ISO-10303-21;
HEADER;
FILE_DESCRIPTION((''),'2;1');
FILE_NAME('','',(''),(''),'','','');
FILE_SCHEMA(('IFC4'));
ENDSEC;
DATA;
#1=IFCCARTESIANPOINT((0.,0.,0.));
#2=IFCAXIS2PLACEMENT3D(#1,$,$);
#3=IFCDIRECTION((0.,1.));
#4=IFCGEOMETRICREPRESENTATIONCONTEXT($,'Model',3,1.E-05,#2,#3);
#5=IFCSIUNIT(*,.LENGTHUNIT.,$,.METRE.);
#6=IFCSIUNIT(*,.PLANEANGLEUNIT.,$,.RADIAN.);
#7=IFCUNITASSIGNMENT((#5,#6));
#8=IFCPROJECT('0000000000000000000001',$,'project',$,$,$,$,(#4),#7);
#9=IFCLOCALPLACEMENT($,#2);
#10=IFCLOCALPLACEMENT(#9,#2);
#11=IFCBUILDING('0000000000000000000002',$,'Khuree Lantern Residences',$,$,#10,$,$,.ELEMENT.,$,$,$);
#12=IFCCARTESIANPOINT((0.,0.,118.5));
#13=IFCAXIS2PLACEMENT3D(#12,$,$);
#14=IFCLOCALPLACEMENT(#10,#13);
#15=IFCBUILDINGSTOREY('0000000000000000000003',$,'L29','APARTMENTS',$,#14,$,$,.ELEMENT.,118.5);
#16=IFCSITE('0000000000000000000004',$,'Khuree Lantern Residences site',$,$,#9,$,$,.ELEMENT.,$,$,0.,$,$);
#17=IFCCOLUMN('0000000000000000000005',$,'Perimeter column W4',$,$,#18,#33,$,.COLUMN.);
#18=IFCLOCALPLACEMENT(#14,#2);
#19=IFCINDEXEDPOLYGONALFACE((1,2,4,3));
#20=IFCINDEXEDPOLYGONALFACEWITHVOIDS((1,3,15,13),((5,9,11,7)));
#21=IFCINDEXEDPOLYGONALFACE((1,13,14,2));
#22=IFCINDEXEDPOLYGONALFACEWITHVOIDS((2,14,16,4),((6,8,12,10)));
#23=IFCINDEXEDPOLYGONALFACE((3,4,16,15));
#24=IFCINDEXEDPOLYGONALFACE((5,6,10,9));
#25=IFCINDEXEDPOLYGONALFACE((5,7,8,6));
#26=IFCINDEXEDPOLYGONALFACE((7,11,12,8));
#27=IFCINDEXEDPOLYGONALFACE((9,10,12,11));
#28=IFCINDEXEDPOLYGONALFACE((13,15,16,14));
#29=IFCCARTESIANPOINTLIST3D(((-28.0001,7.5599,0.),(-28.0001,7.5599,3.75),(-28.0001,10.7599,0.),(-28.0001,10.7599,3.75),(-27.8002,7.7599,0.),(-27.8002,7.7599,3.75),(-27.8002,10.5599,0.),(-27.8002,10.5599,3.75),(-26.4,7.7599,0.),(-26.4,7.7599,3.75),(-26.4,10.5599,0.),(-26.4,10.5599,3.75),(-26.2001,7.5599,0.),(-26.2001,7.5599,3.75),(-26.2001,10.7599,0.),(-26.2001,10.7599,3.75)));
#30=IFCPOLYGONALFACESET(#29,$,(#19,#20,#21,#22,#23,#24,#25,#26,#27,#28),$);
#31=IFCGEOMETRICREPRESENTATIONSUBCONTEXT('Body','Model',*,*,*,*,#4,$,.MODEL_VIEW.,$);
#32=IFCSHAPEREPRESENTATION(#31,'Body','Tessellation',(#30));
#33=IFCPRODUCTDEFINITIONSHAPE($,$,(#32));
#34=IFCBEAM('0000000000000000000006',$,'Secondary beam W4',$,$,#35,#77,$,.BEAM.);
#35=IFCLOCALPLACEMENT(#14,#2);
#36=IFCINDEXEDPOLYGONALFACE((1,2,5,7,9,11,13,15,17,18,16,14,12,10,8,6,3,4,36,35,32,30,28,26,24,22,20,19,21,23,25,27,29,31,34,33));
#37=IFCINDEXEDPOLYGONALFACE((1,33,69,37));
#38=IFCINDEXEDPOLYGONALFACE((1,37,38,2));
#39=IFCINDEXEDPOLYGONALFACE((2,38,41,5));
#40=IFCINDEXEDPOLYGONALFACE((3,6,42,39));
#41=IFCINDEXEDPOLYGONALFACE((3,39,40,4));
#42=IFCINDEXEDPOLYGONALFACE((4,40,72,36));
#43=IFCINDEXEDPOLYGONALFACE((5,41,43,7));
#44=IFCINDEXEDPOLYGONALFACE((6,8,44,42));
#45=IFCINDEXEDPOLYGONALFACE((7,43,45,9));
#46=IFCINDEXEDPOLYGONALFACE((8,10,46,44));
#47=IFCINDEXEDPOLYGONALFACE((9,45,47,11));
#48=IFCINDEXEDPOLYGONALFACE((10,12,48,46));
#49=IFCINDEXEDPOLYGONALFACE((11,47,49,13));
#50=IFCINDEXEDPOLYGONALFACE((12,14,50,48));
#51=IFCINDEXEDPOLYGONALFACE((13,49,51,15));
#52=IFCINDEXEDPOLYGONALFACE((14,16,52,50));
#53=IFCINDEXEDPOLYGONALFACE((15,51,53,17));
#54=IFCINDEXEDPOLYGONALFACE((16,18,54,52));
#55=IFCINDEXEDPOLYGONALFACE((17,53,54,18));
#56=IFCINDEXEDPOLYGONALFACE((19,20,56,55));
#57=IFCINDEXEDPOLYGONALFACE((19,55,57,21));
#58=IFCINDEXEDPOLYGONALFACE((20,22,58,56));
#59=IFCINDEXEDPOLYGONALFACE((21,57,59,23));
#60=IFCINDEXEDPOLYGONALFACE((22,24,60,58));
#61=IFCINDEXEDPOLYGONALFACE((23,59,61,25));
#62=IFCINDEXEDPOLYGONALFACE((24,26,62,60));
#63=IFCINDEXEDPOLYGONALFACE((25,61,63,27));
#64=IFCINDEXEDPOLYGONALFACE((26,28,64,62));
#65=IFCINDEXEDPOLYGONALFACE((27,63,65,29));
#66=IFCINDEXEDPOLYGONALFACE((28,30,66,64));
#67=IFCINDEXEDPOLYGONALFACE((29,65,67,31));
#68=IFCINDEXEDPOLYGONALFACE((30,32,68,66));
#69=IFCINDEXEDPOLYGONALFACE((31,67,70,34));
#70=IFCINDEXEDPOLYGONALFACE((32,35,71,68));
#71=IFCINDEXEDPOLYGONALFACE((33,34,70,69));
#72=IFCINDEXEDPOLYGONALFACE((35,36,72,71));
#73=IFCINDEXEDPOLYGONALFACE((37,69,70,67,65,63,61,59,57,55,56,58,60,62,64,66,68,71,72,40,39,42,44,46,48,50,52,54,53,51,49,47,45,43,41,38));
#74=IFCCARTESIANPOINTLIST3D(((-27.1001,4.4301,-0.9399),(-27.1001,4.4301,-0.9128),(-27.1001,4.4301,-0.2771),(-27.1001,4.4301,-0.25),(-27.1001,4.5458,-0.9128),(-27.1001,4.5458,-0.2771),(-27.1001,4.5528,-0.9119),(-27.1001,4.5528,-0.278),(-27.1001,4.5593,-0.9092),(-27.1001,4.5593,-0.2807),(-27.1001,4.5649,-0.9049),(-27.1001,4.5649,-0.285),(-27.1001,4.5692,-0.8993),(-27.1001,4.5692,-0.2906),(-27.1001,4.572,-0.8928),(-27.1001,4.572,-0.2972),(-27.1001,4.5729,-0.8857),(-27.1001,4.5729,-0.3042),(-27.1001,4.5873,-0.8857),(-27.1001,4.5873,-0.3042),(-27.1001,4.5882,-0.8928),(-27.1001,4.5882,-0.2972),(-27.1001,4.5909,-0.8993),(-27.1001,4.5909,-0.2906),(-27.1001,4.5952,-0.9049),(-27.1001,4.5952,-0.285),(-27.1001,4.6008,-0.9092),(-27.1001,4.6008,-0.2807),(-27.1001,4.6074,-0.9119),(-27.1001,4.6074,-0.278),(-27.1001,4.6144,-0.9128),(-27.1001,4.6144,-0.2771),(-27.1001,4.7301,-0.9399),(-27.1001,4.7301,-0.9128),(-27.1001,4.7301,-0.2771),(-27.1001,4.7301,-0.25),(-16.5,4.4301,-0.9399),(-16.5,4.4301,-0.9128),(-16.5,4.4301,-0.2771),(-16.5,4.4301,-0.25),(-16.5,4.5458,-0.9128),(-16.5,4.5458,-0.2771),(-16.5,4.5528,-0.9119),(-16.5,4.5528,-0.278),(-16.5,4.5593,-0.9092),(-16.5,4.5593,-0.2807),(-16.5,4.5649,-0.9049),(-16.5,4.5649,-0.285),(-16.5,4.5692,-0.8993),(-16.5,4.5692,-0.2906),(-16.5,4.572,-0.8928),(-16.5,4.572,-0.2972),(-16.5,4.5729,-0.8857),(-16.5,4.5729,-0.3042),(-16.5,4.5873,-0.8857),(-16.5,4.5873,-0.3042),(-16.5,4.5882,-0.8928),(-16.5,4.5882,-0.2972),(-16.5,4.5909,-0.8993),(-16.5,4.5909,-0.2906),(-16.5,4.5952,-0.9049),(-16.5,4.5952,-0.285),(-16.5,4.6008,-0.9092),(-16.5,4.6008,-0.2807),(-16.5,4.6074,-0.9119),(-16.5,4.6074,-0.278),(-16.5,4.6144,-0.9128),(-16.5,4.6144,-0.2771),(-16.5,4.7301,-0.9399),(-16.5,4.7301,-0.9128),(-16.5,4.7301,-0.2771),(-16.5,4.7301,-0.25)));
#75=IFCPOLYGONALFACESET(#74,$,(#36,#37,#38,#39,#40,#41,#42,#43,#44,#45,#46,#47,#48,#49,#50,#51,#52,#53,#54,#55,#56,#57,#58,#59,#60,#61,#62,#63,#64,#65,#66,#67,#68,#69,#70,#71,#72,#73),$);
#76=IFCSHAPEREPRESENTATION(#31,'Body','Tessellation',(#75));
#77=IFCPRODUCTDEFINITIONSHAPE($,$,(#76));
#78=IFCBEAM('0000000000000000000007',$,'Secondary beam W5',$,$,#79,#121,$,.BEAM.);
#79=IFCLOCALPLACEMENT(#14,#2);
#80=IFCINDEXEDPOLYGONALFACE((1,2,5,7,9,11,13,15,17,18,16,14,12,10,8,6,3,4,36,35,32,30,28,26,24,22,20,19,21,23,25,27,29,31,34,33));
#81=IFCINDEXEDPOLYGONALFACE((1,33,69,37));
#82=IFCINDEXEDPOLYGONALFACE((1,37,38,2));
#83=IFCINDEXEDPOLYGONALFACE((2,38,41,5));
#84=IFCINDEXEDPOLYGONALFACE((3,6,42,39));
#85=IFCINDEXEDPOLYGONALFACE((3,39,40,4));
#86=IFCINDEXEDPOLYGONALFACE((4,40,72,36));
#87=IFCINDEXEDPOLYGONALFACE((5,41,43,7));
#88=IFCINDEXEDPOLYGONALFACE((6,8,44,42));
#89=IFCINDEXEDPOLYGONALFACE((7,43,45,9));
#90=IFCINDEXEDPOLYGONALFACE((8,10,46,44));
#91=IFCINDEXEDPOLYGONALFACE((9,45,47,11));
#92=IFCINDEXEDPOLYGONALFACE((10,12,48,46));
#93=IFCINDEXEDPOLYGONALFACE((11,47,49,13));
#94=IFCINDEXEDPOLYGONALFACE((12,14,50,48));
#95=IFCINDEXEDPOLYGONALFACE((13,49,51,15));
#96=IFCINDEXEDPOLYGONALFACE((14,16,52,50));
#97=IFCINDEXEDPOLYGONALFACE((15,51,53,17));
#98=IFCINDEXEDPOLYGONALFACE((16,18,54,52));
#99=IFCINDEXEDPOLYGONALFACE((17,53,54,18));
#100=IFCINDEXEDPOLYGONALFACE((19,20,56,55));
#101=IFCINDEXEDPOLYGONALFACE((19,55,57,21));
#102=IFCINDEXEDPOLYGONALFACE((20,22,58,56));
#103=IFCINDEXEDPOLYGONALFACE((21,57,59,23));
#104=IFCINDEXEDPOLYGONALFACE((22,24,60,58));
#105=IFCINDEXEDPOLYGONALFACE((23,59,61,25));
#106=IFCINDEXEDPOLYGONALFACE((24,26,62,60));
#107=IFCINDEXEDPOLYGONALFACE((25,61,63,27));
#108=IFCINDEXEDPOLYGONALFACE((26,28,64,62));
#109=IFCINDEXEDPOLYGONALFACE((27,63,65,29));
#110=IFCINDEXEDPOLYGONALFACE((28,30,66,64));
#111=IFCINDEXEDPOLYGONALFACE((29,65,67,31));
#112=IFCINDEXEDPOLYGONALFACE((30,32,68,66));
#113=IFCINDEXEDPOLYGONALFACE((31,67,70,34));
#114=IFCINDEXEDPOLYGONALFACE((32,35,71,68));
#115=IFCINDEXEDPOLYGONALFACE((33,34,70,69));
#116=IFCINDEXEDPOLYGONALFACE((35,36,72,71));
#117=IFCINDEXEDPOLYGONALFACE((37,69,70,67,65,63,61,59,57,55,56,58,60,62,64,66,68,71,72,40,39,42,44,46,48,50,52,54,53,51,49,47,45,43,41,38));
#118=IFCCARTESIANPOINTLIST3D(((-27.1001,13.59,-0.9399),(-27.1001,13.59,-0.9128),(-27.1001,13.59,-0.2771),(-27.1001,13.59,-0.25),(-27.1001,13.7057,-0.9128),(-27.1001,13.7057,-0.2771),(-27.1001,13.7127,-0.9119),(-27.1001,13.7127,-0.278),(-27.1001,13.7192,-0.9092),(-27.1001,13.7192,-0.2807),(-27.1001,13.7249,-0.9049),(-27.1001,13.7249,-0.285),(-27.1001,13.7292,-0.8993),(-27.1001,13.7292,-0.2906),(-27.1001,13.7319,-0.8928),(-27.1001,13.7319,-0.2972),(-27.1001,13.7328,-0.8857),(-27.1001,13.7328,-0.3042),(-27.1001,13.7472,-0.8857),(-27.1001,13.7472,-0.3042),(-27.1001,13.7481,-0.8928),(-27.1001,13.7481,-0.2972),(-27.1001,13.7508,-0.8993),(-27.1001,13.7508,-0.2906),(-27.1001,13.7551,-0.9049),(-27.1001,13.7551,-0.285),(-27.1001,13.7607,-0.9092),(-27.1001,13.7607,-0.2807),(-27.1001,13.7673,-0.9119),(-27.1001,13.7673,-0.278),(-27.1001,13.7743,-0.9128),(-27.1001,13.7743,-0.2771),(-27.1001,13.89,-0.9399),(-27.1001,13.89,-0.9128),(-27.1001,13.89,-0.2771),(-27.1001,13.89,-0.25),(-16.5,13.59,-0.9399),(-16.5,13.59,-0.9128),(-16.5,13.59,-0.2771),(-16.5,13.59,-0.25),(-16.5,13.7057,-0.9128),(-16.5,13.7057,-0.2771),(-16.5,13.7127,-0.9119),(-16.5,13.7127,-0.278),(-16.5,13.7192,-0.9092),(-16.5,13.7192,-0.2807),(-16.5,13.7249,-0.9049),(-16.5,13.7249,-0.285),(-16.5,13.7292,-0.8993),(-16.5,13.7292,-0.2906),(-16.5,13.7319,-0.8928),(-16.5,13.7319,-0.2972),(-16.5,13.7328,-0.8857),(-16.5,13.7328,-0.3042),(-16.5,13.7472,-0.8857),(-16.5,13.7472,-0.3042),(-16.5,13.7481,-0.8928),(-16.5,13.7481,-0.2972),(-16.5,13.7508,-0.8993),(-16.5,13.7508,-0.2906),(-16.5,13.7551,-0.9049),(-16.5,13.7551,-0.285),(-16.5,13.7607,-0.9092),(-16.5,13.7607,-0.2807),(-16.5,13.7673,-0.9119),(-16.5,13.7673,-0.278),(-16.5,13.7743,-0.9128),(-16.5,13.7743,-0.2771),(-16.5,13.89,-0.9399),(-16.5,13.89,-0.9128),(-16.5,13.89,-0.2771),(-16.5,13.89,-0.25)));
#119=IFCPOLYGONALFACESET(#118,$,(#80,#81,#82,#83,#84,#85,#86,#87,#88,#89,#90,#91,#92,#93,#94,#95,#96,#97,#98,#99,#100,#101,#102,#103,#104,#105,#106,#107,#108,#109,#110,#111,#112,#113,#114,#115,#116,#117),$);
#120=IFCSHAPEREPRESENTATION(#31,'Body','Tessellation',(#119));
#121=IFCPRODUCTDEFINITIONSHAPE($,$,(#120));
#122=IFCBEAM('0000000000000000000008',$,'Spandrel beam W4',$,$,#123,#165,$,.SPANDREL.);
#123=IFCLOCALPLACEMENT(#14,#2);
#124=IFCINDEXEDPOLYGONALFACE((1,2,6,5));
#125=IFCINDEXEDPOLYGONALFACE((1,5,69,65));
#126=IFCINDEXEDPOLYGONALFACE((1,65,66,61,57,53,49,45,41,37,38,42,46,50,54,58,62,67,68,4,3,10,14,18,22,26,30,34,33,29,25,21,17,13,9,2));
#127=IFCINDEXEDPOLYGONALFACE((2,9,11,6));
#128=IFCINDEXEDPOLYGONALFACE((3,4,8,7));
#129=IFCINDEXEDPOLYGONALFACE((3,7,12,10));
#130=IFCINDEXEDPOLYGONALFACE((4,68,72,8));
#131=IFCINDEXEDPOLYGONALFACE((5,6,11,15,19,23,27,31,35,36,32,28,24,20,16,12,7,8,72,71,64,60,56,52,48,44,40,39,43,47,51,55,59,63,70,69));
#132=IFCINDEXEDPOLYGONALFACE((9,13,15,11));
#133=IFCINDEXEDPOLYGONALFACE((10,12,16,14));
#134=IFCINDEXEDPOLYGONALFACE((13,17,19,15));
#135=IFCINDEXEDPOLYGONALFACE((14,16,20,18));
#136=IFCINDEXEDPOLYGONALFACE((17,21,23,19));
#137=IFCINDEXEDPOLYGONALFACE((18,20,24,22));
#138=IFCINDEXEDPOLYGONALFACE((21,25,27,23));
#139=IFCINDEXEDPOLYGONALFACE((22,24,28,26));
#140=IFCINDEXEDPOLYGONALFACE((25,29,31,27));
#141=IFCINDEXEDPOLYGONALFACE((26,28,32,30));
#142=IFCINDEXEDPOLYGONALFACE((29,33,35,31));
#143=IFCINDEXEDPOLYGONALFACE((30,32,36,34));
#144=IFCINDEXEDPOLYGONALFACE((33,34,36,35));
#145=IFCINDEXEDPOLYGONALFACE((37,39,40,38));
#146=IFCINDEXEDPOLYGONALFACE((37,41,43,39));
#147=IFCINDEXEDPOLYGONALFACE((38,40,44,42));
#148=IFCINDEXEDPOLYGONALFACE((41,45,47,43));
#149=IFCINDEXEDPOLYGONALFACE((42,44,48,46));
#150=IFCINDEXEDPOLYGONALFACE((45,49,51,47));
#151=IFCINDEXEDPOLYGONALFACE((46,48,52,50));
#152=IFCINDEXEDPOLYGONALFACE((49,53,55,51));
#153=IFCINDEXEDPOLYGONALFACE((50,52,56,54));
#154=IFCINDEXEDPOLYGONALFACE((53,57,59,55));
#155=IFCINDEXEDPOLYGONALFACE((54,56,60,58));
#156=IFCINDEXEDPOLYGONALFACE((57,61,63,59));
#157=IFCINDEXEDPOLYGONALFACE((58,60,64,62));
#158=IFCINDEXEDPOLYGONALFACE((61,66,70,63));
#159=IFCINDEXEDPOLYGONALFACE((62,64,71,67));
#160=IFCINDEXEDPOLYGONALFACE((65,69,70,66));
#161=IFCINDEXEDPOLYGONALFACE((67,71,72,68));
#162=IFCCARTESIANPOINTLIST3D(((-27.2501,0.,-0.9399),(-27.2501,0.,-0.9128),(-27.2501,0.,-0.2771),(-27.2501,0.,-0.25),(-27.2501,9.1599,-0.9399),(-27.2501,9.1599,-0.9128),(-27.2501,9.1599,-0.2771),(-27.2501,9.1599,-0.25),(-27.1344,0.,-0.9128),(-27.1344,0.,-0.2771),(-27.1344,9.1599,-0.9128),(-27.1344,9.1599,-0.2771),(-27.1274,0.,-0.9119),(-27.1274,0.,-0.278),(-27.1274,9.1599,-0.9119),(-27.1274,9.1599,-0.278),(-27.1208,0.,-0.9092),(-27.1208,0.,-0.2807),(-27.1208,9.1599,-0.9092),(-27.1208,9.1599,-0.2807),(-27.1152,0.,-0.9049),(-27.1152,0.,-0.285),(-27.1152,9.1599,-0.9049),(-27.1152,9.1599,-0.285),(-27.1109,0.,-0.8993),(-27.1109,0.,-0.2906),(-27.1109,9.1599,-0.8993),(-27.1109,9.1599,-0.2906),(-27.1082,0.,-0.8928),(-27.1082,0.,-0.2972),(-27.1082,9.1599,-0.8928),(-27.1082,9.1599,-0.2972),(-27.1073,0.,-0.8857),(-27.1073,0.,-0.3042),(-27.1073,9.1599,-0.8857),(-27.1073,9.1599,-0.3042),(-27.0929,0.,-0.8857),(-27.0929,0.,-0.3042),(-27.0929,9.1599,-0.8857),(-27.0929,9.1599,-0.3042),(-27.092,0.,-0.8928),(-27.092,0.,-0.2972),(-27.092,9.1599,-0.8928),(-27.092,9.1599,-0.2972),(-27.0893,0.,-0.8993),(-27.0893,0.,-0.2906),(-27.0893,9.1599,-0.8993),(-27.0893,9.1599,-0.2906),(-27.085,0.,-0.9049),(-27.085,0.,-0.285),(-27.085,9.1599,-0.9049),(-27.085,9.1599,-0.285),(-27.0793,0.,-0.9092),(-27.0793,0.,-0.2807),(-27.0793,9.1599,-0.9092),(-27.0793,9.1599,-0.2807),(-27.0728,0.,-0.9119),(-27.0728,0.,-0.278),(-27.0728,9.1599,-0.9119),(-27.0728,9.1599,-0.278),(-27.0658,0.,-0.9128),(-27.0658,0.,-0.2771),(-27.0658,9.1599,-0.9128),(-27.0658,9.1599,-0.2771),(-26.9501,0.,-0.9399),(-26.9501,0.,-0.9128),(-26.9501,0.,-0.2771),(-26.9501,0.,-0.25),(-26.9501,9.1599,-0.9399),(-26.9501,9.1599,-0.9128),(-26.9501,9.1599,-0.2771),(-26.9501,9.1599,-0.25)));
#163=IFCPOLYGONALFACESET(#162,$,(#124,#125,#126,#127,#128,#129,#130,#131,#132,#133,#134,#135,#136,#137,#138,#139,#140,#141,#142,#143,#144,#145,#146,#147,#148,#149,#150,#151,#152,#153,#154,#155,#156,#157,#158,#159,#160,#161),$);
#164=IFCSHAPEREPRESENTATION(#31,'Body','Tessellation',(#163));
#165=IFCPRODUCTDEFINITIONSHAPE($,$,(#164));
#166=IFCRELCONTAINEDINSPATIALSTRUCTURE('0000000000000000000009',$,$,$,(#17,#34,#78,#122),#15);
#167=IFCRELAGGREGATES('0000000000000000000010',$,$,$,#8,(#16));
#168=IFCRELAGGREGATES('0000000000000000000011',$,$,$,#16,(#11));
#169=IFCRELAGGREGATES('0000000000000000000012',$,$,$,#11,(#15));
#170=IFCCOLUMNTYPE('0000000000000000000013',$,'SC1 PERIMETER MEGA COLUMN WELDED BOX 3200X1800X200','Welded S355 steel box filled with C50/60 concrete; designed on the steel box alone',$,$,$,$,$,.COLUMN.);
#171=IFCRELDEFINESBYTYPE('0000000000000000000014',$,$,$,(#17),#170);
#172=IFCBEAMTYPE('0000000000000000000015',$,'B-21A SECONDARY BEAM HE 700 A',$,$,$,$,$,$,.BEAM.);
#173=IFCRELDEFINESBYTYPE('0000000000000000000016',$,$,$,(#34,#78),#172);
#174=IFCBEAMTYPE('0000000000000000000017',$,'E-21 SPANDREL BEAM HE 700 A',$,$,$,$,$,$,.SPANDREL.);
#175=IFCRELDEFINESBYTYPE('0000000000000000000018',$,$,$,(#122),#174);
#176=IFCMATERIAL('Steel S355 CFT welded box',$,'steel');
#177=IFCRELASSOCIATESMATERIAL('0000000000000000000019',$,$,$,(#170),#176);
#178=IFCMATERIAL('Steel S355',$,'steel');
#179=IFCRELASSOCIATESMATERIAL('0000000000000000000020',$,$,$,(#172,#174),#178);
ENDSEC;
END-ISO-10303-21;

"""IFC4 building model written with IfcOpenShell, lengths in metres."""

from ifc_helpers import new_model, si_unit, direction, frame, origin, origin_2d, place, context, subcontext, project, spatial, hollow_rectangle, i_section, extrude, material, material_profile, profile_set, type_object, element, save


model = new_model("IFC4")

# Units and contexts
model_context = context("Model", 3, precision=1e-05, world=origin(), true_north=direction((0.0, 1.0)))
body_context = subcontext(model_context, "Body", "Model", "MODEL_VIEW")
ifc_project = project(units=[si_unit("LENGTHUNIT", "METRE"), si_unit("PLANEANGLEUNIT", "RADIAN")], contexts=[model_context])

# Site, building, storey
site_placement = place(None, origin())
site = spatial("IfcSite", under=ifc_project, at=site_placement, Name="Khuree Lantern Residences site", CompositionType="ELEMENT", RefElevation=0.0)
building_placement = place(site_placement, origin())
building = spatial("IfcBuilding", under=site, at=building_placement, Name="Khuree Lantern Residences", CompositionType="ELEMENT")
storey_placement = place(building_placement, frame((0.0, 0.0, 118.5)))
storey = spatial("IfcBuildingStorey", under=building, at=storey_placement, Name="L29", Description="APARTMENTS", CompositionType="ELEMENT", Elevation=118.5)

# Column
ifc_material_1 = material(Name="Steel S355 CFT welded box", Category="steel")
ifc_material_profile_1 = material_profile(ifc_material_1, hollow_rectangle(XDim=3.2, YDim=1.8, WallThickness=0.2, at=origin_2d()), Name="WELDED BOX 3200X1800X200")
ifc_profile_set_1 = profile_set([ifc_material_profile_1], Name="Steel S355 CFT welded box")
column_type = type_object("IfcColumnType", Name="SC1 PERIMETER MEGA COLUMN WELDED BOX 3200X1800X200", Description="Welded S355 steel box filled with C50/60 concrete; designed on the steel box alone", PredefinedType="COLUMN", material=ifc_profile_set_1)
column_placement = place(storey_placement, frame((-27.1001, 9.1599, 0.0), z_axis=(0.0, 0.0, 1.0), x_axis=(0.0, 1.0, 0.0)))
element("IfcColumn", 1, at=column_placement, inside=storey, type_object=column_type, Name="Perimeter column W4", PredefinedType="COLUMN", context=body_context, shape_type="SweptSolid", body=[
    extrude(hollow_rectangle(XDim=3.2, YDim=1.8, WallThickness=0.2, at=origin_2d()), origin(), (0.0, 0.0, 1.0), 3.75),
])

# Beams
ifc_material_2 = material(Name="Steel S355", Category="steel")
ifc_material_profile_2 = material_profile(ifc_material_2, i_section(OverallWidth=0.3, OverallDepth=0.6899, WebThickness=0.0144, FlangeThickness=0.0271, FilletRadius=0.0271, at=origin_2d()), Name="HE 700 A")
ifc_profile_set_2 = profile_set([ifc_material_profile_2], Name="Steel S355")
beam_type_1 = type_object("IfcBeamType", Name="B-21A SECONDARY BEAM HE 700 A", PredefinedType="BEAM", material=ifc_profile_set_2)
for number, where, z_axis, x_axis, name in (
    (2, (-27.1001, 4.5801, -0.595), (1.0, 0.0, 0.0), (0.0, 1.0, 0.0), "Secondary beam W4"),
    (3, (-27.1001, 13.74, -0.595), (1.0, 0.0, 0.0), (0.0, 1.0, 0.0), "Secondary beam W5"),
):
    element("IfcBeam", number, at=place(storey_placement, frame(where, z_axis=z_axis, x_axis=x_axis)), inside=storey, type_object=beam_type_1, Name=name, PredefinedType="BEAM", context=body_context, shape_type="SweptSolid", body=[
        extrude(i_section(OverallWidth=0.3, OverallDepth=0.6899, WebThickness=0.0144, FlangeThickness=0.0271, FilletRadius=0.0271, at=origin_2d()), origin(), (0.0, 0.0, 1.0), 10.6001),
    ])
ifc_material_profile_3 = material_profile(ifc_material_2, i_section(OverallWidth=0.3, OverallDepth=0.6899, WebThickness=0.0144, FlangeThickness=0.0271, FilletRadius=0.0271, at=origin_2d()), Name="HE 700 A")
ifc_profile_set_3 = profile_set([ifc_material_profile_3], Name="Steel S355")
beam_type_2 = type_object("IfcBeamType", Name="E-21 SPANDREL BEAM HE 700 A", PredefinedType="SPANDREL", material=ifc_profile_set_3)
beam_1_placement = place(storey_placement, frame((-27.1001, 0.0, -0.595), z_axis=(0.0, 1.0, 0.0), x_axis=(-1.0, 0.0, 0.0)))
element("IfcBeam", 4, at=beam_1_placement, inside=storey, type_object=beam_type_2, Name="Spandrel beam W4", PredefinedType="SPANDREL", context=body_context, shape_type="SweptSolid", body=[
    extrude(i_section(OverallWidth=0.3, OverallDepth=0.6899, WebThickness=0.0144, FlangeThickness=0.0271, FilletRadius=0.0271, at=origin_2d()), origin(), (0.0, 0.0, 1.0), 9.1599),
])

save(model, "model.ifc")
